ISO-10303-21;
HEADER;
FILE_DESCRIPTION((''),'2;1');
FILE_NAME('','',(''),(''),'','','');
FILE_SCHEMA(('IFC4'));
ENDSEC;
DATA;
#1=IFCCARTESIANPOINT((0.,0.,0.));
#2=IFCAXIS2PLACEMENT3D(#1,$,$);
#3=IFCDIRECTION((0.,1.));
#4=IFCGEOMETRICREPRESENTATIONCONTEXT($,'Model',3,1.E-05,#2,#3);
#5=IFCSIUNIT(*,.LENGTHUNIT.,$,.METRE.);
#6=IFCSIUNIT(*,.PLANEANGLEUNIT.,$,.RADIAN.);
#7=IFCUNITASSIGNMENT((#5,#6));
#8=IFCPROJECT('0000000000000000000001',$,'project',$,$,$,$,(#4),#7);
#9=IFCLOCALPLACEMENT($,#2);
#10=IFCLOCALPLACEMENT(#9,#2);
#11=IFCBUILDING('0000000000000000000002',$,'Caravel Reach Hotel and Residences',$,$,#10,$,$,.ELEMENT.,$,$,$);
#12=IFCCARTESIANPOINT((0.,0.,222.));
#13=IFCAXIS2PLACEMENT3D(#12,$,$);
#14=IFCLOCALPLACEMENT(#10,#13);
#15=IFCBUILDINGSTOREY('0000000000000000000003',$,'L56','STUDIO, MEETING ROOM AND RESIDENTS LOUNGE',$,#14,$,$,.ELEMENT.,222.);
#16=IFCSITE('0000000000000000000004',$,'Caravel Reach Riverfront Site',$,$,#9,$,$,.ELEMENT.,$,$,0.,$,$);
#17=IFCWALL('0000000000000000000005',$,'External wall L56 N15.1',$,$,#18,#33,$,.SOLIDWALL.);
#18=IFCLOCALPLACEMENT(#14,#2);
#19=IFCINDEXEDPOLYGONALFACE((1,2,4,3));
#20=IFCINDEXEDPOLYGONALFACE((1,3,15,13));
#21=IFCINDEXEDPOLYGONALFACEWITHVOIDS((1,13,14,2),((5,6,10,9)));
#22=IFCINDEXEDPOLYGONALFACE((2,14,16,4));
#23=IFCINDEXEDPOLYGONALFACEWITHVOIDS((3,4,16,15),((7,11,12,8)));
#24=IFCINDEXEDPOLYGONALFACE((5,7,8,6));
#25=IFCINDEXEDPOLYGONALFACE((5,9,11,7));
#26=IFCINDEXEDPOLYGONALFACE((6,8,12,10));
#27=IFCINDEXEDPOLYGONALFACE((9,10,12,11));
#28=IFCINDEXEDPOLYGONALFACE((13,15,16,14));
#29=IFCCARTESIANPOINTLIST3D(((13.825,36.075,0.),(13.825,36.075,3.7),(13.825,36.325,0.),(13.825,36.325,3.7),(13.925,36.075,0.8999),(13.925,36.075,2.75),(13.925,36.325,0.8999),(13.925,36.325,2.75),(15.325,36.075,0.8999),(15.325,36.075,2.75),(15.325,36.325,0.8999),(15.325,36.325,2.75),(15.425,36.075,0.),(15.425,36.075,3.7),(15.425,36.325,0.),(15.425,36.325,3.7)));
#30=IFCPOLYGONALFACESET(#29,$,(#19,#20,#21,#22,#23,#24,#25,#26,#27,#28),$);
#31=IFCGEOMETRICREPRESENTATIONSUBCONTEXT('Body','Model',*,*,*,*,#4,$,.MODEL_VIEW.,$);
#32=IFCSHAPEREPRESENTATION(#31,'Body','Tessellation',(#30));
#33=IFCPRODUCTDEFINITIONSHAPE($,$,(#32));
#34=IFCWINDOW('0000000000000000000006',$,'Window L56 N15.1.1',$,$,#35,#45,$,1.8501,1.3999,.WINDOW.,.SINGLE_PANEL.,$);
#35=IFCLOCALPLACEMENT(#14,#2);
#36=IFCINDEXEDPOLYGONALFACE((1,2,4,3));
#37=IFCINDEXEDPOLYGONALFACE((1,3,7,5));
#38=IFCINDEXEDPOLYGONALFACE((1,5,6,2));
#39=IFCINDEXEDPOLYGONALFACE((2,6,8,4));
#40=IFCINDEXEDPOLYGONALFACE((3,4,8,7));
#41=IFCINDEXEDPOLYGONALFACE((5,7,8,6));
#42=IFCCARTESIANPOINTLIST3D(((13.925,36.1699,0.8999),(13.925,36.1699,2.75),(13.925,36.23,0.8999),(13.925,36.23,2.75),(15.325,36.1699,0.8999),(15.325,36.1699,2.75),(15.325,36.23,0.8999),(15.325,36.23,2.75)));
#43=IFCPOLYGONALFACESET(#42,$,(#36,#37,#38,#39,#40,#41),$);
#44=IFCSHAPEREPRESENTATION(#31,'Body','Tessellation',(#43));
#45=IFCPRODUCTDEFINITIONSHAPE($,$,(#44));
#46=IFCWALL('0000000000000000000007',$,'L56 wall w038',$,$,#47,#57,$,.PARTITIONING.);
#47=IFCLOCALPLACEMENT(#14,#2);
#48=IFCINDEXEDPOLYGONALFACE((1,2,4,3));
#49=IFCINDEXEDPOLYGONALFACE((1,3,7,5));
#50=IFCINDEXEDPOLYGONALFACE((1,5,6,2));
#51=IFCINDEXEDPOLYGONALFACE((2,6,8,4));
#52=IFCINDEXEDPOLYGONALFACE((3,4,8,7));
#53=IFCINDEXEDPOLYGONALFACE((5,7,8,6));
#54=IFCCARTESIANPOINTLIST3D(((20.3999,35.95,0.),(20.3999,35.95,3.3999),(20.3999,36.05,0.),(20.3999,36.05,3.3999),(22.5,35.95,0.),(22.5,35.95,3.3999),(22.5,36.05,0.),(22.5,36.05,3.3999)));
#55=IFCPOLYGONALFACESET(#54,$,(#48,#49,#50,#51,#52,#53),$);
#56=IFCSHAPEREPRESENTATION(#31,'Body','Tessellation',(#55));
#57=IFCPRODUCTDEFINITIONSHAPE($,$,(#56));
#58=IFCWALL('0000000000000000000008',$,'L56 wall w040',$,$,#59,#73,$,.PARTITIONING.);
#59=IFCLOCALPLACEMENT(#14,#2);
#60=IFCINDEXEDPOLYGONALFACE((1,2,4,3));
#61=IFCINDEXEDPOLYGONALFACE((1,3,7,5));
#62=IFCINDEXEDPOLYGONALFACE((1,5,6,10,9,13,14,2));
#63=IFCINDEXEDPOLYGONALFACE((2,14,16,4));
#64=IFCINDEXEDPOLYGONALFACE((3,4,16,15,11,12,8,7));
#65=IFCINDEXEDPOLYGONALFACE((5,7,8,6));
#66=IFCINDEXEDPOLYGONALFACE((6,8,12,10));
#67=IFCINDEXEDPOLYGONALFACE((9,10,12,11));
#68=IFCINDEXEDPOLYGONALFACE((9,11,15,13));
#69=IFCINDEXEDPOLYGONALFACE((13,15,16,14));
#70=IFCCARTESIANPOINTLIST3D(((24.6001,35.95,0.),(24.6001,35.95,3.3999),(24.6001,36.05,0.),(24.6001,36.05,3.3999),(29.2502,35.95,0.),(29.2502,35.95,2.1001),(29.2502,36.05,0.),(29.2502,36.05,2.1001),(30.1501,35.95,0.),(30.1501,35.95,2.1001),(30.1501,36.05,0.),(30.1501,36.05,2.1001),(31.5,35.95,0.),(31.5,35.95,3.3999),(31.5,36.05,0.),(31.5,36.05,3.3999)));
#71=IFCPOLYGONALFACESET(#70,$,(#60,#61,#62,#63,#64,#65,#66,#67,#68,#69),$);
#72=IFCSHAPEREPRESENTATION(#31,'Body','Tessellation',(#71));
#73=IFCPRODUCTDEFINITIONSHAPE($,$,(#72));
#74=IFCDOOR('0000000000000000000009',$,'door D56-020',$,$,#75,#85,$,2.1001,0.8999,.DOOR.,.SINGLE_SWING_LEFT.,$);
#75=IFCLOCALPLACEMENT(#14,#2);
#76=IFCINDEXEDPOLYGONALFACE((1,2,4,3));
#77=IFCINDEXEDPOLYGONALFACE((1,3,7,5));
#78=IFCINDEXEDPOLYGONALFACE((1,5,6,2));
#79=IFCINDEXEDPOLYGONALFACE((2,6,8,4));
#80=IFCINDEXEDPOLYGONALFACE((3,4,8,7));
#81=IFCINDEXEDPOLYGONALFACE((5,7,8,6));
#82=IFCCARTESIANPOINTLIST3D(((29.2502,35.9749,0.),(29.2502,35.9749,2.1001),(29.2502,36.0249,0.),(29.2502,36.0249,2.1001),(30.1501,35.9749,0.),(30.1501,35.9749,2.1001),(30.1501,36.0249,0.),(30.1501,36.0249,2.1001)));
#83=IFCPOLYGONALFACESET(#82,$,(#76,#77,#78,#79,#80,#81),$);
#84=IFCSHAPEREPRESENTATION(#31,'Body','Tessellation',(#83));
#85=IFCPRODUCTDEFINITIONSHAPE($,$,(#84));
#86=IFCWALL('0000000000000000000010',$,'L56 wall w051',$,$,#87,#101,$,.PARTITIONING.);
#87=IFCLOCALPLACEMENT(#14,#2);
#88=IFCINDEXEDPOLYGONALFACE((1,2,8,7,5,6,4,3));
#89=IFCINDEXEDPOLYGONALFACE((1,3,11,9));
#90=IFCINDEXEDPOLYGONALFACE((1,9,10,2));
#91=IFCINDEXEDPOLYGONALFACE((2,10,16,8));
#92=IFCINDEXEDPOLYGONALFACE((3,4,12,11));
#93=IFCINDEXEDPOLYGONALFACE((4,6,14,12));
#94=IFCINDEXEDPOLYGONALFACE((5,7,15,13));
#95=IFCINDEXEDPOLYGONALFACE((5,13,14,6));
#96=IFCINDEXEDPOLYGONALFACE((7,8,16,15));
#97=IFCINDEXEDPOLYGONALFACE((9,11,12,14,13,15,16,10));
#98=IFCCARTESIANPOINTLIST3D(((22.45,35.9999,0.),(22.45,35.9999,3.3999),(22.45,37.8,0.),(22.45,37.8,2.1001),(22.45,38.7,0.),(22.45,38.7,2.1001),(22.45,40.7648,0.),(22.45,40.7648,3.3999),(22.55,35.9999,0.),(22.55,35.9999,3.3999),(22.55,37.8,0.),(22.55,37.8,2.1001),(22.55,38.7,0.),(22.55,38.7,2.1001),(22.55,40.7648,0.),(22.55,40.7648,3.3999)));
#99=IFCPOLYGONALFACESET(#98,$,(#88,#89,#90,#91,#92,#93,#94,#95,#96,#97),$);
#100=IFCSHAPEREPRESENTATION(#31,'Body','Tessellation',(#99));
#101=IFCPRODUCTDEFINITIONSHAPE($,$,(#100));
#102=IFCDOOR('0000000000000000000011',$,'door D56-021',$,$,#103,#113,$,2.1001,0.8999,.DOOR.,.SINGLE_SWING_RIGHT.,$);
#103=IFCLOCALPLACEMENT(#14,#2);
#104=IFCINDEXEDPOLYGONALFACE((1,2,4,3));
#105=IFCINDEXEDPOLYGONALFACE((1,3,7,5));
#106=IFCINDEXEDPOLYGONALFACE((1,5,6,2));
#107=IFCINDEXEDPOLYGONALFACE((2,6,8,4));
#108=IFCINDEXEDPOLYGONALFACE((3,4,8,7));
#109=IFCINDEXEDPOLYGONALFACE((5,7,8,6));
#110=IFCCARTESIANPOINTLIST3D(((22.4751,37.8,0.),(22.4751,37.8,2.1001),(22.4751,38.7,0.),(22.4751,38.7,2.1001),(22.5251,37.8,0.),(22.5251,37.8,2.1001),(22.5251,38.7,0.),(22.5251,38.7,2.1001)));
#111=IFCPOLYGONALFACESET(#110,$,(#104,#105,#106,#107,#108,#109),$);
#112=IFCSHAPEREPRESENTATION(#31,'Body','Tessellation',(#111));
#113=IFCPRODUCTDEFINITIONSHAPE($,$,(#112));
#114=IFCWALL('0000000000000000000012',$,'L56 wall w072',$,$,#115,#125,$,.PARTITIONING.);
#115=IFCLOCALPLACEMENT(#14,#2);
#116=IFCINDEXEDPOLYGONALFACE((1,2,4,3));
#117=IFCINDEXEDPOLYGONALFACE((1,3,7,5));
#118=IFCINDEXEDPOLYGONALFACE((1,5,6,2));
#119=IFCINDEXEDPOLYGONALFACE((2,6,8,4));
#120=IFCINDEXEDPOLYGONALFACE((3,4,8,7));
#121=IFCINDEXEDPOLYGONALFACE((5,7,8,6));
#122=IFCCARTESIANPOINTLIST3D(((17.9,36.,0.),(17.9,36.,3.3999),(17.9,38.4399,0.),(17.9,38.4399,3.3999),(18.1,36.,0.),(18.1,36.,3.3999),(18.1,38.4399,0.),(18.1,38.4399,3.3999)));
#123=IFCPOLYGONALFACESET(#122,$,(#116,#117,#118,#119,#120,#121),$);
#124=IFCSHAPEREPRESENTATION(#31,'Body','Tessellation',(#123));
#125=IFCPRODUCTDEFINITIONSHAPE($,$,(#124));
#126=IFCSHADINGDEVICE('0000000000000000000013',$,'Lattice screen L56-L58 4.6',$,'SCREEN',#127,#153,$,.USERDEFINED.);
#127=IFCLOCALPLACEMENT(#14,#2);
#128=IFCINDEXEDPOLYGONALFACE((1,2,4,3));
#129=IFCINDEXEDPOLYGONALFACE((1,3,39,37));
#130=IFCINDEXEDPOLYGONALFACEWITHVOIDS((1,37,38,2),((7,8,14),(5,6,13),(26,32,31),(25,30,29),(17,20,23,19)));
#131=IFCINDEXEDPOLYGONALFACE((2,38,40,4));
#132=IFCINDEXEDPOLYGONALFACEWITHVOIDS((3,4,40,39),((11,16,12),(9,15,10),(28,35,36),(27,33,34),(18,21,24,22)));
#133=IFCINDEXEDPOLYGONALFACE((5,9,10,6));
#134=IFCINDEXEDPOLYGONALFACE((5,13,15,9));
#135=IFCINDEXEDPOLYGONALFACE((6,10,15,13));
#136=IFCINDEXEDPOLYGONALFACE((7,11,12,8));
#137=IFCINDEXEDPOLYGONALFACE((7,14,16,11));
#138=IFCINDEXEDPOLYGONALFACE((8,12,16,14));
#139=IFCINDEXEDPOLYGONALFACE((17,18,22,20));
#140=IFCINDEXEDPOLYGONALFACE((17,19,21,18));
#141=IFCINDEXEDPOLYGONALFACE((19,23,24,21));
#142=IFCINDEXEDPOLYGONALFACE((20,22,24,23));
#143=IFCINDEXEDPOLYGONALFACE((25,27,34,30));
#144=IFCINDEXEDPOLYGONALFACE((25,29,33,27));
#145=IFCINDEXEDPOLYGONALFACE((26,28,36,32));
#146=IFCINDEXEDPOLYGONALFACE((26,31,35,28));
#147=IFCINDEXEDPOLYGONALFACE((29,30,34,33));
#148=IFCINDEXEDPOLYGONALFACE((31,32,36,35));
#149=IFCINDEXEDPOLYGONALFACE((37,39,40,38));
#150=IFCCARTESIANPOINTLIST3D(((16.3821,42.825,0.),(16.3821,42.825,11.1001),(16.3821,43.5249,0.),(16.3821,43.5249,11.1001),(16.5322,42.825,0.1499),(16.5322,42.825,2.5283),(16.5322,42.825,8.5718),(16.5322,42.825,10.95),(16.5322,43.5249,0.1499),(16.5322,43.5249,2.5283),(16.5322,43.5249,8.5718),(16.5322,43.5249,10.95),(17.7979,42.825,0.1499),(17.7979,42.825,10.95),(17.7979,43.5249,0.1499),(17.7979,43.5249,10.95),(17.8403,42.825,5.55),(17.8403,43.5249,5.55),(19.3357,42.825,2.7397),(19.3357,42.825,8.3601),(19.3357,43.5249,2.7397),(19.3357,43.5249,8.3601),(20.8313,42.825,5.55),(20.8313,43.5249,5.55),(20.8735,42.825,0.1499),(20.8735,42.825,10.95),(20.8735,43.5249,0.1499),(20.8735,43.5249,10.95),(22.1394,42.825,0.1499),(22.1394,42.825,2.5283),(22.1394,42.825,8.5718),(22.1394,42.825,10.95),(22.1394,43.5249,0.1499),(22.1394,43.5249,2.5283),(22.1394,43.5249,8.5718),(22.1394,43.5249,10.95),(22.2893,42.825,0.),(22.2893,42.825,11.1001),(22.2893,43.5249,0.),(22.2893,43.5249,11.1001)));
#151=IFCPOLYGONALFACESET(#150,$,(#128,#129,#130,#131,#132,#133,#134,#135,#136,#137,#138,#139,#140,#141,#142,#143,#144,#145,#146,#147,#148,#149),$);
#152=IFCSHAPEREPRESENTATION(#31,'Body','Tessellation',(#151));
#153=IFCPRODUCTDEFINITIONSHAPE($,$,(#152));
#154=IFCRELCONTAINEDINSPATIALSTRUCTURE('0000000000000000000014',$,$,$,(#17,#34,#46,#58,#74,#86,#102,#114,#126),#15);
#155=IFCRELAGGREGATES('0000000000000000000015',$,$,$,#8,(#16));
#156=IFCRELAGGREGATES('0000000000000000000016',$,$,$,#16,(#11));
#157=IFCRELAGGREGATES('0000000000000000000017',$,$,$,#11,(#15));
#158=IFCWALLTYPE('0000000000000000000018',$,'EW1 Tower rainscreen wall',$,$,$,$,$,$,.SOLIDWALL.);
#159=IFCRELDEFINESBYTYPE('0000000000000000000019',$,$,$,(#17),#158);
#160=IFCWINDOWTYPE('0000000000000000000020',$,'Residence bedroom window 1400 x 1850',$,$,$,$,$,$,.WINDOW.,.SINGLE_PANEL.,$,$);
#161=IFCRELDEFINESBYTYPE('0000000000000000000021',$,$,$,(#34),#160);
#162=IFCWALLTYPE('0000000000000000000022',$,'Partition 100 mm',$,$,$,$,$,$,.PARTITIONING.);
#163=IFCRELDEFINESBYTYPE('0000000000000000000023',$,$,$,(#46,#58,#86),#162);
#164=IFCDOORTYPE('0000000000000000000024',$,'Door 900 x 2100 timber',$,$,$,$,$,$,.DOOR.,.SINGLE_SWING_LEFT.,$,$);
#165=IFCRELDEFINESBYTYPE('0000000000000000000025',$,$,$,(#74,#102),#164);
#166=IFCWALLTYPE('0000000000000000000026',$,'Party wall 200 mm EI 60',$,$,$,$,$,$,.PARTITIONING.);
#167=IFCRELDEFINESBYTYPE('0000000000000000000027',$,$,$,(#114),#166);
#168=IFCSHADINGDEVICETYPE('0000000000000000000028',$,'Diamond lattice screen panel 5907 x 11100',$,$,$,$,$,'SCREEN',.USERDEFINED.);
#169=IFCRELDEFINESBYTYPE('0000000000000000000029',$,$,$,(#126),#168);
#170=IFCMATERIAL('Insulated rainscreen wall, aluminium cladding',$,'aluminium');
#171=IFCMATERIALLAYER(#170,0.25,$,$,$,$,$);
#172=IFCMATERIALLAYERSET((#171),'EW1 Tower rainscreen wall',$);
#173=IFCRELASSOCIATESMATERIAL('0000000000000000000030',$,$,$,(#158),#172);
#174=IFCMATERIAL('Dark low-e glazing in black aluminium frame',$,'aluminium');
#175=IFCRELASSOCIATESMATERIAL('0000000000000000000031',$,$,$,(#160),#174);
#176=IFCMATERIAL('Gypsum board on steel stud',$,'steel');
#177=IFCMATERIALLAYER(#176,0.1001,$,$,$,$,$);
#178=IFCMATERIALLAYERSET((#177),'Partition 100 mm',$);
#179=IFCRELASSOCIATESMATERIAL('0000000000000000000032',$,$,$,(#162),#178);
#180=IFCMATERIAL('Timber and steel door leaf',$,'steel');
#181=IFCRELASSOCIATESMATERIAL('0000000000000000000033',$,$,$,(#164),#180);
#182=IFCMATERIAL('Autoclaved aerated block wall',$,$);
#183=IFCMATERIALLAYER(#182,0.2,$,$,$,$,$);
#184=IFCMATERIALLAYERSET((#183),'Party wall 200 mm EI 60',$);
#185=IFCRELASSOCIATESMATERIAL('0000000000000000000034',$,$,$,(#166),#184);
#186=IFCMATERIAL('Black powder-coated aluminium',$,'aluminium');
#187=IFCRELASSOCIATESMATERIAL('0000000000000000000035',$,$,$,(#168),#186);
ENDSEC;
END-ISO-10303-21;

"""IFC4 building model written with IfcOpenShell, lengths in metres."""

from ifc_helpers import new_model, si_unit, direction, frame, frame_2d, origin, place, context, subcontext, project, spatial, polyline, rectangle, outline, extrude, material, layer, layer_set, type_object, element, fill, save


model = new_model("IFC4")

# Units and contexts
model_context = context("Model", 3, precision=1e-05, world=origin(), true_north=direction((0.0, 1.0)))
body_context = subcontext(model_context, "Body", "Model", "MODEL_VIEW")
ifc_project = project(units=[si_unit("LENGTHUNIT", "METRE"), si_unit("PLANEANGLEUNIT", "RADIAN")], contexts=[model_context])

# Site, building, storey
site_placement = place(None, origin())
site = spatial("IfcSite", under=ifc_project, at=site_placement, Name="Caravel Reach Riverfront Site", CompositionType="ELEMENT", RefElevation=0.0)
building_placement = place(site_placement, origin())
building = spatial("IfcBuilding", under=site, at=building_placement, Name="Caravel Reach Hotel and Residences", CompositionType="ELEMENT")
storey_placement = place(building_placement, frame((0.0, 0.0, 222.0)))
storey = spatial("IfcBuildingStorey", under=building, at=storey_placement, Name="L56", Description="STUDIO, MEETING ROOM AND RESIDENTS LOUNGE", CompositionType="ELEMENT", Elevation=222.0)

# Wall, opening, window
ifc_material_1 = material(Name="Insulated rainscreen wall, aluminium cladding", Category="aluminium")
ifc_layer_1 = layer(ifc_material_1, 0.25)
ifc_layer_set_1 = layer_set([ifc_layer_1], Name="EW1 Tower rainscreen wall")
wall_type_1 = type_object("IfcWallType", Name="EW1 Tower rainscreen wall", PredefinedType="SOLIDWALL", material=ifc_layer_set_1)
ifc_material_2 = material(Name="Dark low-e glazing in black aluminium frame", Category="aluminium")
window_type = type_object("IfcWindowType", Name="Residence bedroom window 1400 x 1850", PartitioningType="SINGLE_PANEL", PredefinedType="WINDOW", material=ifc_material_2)
wall_1_placement = place(storey_placement, frame((15.425, 36.2, 0.0), z_axis=(0.0, 0.0, 1.0), x_axis=(-1.0, 0.0, 0.0)))
wall_1 = element("IfcWall", 1, at=wall_1_placement, inside=storey, type_object=wall_type_1, Name="External wall L56 N15.1", PredefinedType="SOLIDWALL", context=body_context, shape_type="SweptSolid", body=[
    extrude(rectangle(XDim=1.6001, YDim=0.25, at=frame_2d((0.8, 0.0))), origin(), (0.0, 0.0, 1.0), 3.7),
])
opening_1_placement = place(wall_1_placement, frame((0.1001, 0.0, 0.8999)))
opening_1 = element("IfcOpeningElement", 2, at=opening_1_placement, cuts=wall_1, PredefinedType="OPENING", context=body_context, shape_type="SweptSolid", body=[
    extrude(rectangle(XDim=1.3999, YDim=1.8501, at=frame_2d((0.7, 0.925))), frame((0.0, 0.135, 0.0), z_axis=(0.0, -1.0, 0.0), x_axis=(1.0, 0.0, 0.0)), (0.0, 0.0, 1.0), 0.27),
])
window_1_placement = place(opening_1_placement, origin())
window_1 = element("IfcWindow", 3, at=window_1_placement, inside=storey, type_object=window_type, Name="Window L56 N15.1.1", OverallHeight=1.8501, OverallWidth=1.3999, PartitioningType="SINGLE_PANEL", PredefinedType="WINDOW", context=body_context, shape_type="SweptSolid", body=[
    extrude(rectangle(XDim=1.3999, YDim=1.8501, at=frame_2d((0.7, 0.925))), frame((0.0, 0.03, 0.0), z_axis=(0.0, -1.0, 0.0), x_axis=(1.0, 0.0, 0.0)), (0.0, 0.0, 1.0), 0.0601),
])
fill(opening_1, window_1)

# Wall
ifc_material_3 = material(Name="Gypsum board on steel stud", Category="steel")
ifc_layer_2 = layer(ifc_material_3, 0.1001)
ifc_layer_set_2 = layer_set([ifc_layer_2], Name="Partition 100 mm")
wall_type_2 = type_object("IfcWallType", Name="Partition 100 mm", PredefinedType="PARTITIONING", material=ifc_layer_set_2)
wall_2_placement = place(storey_placement, frame((20.3999, 36.0, 0.0), z_axis=(0.0, 0.0, 1.0), x_axis=(1.0, 0.0, 0.0)))
element("IfcWall", 4, at=wall_2_placement, inside=storey, type_object=wall_type_2, Name="L56 wall w038", PredefinedType="PARTITIONING", context=body_context, shape_type="SweptSolid", body=[
    extrude(rectangle(XDim=2.1001, YDim=0.1001, at=frame_2d((1.05, 0.0))), origin(), (0.0, 0.0, 1.0), 3.3999),
])

# Walls, openings, doors
wall_3_placement = place(storey_placement, frame((24.6001, 36.0, 0.0), z_axis=(0.0, 0.0, 1.0), x_axis=(1.0, 0.0, 0.0)))
wall_3 = element("IfcWall", 5, at=wall_3_placement, inside=storey, type_object=wall_type_2, Name="L56 wall w040", PredefinedType="PARTITIONING", context=body_context, shape_type="SweptSolid", body=[
    extrude(rectangle(XDim=6.8999, YDim=0.1001, at=frame_2d((3.45, 0.0))), origin(), (0.0, 0.0, 1.0), 3.3999),
])
opening_2_placement = place(wall_3_placement, frame((4.6501, 0.0, 0.0)))
opening_2 = element("IfcOpeningElement", 6, at=opening_2_placement, cuts=wall_3, PredefinedType="OPENING", context=body_context, shape_type="SweptSolid", body=[
    extrude(rectangle(XDim=0.8999, YDim=2.1001, at=frame_2d((0.45, 1.05))), frame((0.0, 0.0601, 0.0), z_axis=(0.0, -1.0, 0.0), x_axis=(1.0, 0.0, 0.0)), (0.0, 0.0, 1.0), 0.1201),
])
ifc_material_4 = material(Name="Timber and steel door leaf", Category="steel")
door_type = type_object("IfcDoorType", Name="Door 900 x 2100 timber", OperationType="SINGLE_SWING_LEFT", PredefinedType="DOOR", material=ifc_material_4)
door_1_placement = place(opening_2_placement, origin())
door_1 = element("IfcDoor", 7, at=door_1_placement, inside=storey, type_object=door_type, Name="door D56-020", OperationType="SINGLE_SWING_LEFT", OverallHeight=2.1001, OverallWidth=0.8999, PredefinedType="DOOR", context=body_context, shape_type="SweptSolid", body=[
    extrude(rectangle(XDim=0.8999, YDim=2.1001, at=frame_2d((0.45, 1.05))), frame((0.0, 0.0249, 0.0), z_axis=(0.0, -1.0, 0.0), x_axis=(1.0, 0.0, 0.0)), (0.0, 0.0, 1.0), 0.05),
])
fill(opening_2, door_1)
wall_4_placement = place(storey_placement, frame((22.5, 36.0, 0.0), z_axis=(0.0, 0.0, 1.0), x_axis=(0.0, 1.0, 0.0)))
wall_4 = element("IfcWall", 8, at=wall_4_placement, inside=storey, type_object=wall_type_2, Name="L56 wall w051", PredefinedType="PARTITIONING", context=body_context, shape_type="SweptSolid", body=[
    extrude(rectangle(XDim=4.7649, YDim=0.1001, at=frame_2d((2.3823, 0.0))), origin(), (0.0, 0.0, 1.0), 3.3999),
])
opening_3_placement = place(wall_4_placement, frame((1.8, 0.0, 0.0)))
opening_3 = element("IfcOpeningElement", 9, at=opening_3_placement, cuts=wall_4, PredefinedType="OPENING", context=body_context, shape_type="SweptSolid", body=[
    extrude(rectangle(XDim=0.8999, YDim=2.1001, at=frame_2d((0.45, 1.05))), frame((0.0, 0.0601, 0.0), z_axis=(0.0, -1.0, 0.0), x_axis=(1.0, 0.0, 0.0)), (0.0, 0.0, 1.0), 0.1201),
])
door_2_placement = place(opening_3_placement, origin())
door_2 = element("IfcDoor", 10, at=door_2_placement, inside=storey, type_object=door_type, Name="door D56-021", OperationType="SINGLE_SWING_RIGHT", OverallHeight=2.1001, OverallWidth=0.8999, PredefinedType="DOOR", context=body_context, shape_type="SweptSolid", body=[
    extrude(rectangle(XDim=0.8999, YDim=2.1001, at=frame_2d((0.45, 1.05))), frame((0.0, 0.0249, 0.0), z_axis=(0.0, -1.0, 0.0), x_axis=(1.0, 0.0, 0.0)), (0.0, 0.0, 1.0), 0.05),
])
fill(opening_3, door_2)

# Wall
ifc_material_5 = material(Name="Autoclaved aerated block wall")
ifc_layer_3 = layer(ifc_material_5, 0.2)
ifc_layer_set_3 = layer_set([ifc_layer_3], Name="Party wall 200 mm EI 60")
wall_type_3 = type_object("IfcWallType", Name="Party wall 200 mm EI 60", PredefinedType="PARTITIONING", material=ifc_layer_set_3)
wall_5_placement = place(storey_placement, frame((18.0, 36.0, 0.0), z_axis=(0.0, 0.0, 1.0), x_axis=(0.0, 1.0, 0.0)))
element("IfcWall", 11, at=wall_5_placement, inside=storey, type_object=wall_type_3, Name="L56 wall w072", PredefinedType="PARTITIONING", context=body_context, shape_type="SweptSolid", body=[
    extrude(rectangle(XDim=2.4399, YDim=0.2, at=frame_2d((1.22, 0.0))), origin(), (0.0, 0.0, 1.0), 3.3999),
])

# Shading device
ifc_material_6 = material(Name="Black powder-coated aluminium", Category="aluminium")
shading_device_type = type_object("IfcShadingDeviceType", Name="Diamond lattice screen panel 5907 x 11100", ElementType="SCREEN", PredefinedType="USERDEFINED", material=ifc_material_6)
for number, where, z_axis, x_axis, name in (
    (12, (22.2893, 42.825, 0.0), (0.0, 1.0, 0.0), (-1.0, 0.0, 0.0), "Lattice screen L56-L58 4.6"),
):
    element("IfcShadingDevice", number, at=place(storey_placement, frame(where, z_axis=z_axis, x_axis=x_axis)), inside=storey, type_object=shading_device_type, Name=name, ObjectType="SCREEN", PredefinedType="USERDEFINED", context=body_context, shape_type="SweptSolid", body=[
        extrude(outline(polyline([(0.0, 0.0), (5.9072, 0.0), (5.9072, 11.1001), (0.0, 11.1001), (0.0, 0.0)]), holes=[polyline([(1.4158, 0.1499), (0.1499, 2.5283), (0.1499, 0.1499), (1.4158, 0.1499)]), polyline([(0.1499, 8.5718), (1.4158, 10.95), (0.1499, 10.95), (0.1499, 8.5718)]), polyline([(2.9536, 8.3601), (1.458, 5.55), (2.9536, 2.7397), (4.449, 5.55), (2.9536, 8.3601)]), polyline([(5.7571, 2.5283), (4.4915, 0.1499), (5.7571, 0.1499), (5.7571, 2.5283)]), polyline([(4.4915, 10.95), (5.7571, 8.5718), (5.7571, 10.95), (4.4915, 10.95)])]), origin(), (0.0, 0.0, 1.0), 0.7),
    ])

save(model, "model.ifc")
